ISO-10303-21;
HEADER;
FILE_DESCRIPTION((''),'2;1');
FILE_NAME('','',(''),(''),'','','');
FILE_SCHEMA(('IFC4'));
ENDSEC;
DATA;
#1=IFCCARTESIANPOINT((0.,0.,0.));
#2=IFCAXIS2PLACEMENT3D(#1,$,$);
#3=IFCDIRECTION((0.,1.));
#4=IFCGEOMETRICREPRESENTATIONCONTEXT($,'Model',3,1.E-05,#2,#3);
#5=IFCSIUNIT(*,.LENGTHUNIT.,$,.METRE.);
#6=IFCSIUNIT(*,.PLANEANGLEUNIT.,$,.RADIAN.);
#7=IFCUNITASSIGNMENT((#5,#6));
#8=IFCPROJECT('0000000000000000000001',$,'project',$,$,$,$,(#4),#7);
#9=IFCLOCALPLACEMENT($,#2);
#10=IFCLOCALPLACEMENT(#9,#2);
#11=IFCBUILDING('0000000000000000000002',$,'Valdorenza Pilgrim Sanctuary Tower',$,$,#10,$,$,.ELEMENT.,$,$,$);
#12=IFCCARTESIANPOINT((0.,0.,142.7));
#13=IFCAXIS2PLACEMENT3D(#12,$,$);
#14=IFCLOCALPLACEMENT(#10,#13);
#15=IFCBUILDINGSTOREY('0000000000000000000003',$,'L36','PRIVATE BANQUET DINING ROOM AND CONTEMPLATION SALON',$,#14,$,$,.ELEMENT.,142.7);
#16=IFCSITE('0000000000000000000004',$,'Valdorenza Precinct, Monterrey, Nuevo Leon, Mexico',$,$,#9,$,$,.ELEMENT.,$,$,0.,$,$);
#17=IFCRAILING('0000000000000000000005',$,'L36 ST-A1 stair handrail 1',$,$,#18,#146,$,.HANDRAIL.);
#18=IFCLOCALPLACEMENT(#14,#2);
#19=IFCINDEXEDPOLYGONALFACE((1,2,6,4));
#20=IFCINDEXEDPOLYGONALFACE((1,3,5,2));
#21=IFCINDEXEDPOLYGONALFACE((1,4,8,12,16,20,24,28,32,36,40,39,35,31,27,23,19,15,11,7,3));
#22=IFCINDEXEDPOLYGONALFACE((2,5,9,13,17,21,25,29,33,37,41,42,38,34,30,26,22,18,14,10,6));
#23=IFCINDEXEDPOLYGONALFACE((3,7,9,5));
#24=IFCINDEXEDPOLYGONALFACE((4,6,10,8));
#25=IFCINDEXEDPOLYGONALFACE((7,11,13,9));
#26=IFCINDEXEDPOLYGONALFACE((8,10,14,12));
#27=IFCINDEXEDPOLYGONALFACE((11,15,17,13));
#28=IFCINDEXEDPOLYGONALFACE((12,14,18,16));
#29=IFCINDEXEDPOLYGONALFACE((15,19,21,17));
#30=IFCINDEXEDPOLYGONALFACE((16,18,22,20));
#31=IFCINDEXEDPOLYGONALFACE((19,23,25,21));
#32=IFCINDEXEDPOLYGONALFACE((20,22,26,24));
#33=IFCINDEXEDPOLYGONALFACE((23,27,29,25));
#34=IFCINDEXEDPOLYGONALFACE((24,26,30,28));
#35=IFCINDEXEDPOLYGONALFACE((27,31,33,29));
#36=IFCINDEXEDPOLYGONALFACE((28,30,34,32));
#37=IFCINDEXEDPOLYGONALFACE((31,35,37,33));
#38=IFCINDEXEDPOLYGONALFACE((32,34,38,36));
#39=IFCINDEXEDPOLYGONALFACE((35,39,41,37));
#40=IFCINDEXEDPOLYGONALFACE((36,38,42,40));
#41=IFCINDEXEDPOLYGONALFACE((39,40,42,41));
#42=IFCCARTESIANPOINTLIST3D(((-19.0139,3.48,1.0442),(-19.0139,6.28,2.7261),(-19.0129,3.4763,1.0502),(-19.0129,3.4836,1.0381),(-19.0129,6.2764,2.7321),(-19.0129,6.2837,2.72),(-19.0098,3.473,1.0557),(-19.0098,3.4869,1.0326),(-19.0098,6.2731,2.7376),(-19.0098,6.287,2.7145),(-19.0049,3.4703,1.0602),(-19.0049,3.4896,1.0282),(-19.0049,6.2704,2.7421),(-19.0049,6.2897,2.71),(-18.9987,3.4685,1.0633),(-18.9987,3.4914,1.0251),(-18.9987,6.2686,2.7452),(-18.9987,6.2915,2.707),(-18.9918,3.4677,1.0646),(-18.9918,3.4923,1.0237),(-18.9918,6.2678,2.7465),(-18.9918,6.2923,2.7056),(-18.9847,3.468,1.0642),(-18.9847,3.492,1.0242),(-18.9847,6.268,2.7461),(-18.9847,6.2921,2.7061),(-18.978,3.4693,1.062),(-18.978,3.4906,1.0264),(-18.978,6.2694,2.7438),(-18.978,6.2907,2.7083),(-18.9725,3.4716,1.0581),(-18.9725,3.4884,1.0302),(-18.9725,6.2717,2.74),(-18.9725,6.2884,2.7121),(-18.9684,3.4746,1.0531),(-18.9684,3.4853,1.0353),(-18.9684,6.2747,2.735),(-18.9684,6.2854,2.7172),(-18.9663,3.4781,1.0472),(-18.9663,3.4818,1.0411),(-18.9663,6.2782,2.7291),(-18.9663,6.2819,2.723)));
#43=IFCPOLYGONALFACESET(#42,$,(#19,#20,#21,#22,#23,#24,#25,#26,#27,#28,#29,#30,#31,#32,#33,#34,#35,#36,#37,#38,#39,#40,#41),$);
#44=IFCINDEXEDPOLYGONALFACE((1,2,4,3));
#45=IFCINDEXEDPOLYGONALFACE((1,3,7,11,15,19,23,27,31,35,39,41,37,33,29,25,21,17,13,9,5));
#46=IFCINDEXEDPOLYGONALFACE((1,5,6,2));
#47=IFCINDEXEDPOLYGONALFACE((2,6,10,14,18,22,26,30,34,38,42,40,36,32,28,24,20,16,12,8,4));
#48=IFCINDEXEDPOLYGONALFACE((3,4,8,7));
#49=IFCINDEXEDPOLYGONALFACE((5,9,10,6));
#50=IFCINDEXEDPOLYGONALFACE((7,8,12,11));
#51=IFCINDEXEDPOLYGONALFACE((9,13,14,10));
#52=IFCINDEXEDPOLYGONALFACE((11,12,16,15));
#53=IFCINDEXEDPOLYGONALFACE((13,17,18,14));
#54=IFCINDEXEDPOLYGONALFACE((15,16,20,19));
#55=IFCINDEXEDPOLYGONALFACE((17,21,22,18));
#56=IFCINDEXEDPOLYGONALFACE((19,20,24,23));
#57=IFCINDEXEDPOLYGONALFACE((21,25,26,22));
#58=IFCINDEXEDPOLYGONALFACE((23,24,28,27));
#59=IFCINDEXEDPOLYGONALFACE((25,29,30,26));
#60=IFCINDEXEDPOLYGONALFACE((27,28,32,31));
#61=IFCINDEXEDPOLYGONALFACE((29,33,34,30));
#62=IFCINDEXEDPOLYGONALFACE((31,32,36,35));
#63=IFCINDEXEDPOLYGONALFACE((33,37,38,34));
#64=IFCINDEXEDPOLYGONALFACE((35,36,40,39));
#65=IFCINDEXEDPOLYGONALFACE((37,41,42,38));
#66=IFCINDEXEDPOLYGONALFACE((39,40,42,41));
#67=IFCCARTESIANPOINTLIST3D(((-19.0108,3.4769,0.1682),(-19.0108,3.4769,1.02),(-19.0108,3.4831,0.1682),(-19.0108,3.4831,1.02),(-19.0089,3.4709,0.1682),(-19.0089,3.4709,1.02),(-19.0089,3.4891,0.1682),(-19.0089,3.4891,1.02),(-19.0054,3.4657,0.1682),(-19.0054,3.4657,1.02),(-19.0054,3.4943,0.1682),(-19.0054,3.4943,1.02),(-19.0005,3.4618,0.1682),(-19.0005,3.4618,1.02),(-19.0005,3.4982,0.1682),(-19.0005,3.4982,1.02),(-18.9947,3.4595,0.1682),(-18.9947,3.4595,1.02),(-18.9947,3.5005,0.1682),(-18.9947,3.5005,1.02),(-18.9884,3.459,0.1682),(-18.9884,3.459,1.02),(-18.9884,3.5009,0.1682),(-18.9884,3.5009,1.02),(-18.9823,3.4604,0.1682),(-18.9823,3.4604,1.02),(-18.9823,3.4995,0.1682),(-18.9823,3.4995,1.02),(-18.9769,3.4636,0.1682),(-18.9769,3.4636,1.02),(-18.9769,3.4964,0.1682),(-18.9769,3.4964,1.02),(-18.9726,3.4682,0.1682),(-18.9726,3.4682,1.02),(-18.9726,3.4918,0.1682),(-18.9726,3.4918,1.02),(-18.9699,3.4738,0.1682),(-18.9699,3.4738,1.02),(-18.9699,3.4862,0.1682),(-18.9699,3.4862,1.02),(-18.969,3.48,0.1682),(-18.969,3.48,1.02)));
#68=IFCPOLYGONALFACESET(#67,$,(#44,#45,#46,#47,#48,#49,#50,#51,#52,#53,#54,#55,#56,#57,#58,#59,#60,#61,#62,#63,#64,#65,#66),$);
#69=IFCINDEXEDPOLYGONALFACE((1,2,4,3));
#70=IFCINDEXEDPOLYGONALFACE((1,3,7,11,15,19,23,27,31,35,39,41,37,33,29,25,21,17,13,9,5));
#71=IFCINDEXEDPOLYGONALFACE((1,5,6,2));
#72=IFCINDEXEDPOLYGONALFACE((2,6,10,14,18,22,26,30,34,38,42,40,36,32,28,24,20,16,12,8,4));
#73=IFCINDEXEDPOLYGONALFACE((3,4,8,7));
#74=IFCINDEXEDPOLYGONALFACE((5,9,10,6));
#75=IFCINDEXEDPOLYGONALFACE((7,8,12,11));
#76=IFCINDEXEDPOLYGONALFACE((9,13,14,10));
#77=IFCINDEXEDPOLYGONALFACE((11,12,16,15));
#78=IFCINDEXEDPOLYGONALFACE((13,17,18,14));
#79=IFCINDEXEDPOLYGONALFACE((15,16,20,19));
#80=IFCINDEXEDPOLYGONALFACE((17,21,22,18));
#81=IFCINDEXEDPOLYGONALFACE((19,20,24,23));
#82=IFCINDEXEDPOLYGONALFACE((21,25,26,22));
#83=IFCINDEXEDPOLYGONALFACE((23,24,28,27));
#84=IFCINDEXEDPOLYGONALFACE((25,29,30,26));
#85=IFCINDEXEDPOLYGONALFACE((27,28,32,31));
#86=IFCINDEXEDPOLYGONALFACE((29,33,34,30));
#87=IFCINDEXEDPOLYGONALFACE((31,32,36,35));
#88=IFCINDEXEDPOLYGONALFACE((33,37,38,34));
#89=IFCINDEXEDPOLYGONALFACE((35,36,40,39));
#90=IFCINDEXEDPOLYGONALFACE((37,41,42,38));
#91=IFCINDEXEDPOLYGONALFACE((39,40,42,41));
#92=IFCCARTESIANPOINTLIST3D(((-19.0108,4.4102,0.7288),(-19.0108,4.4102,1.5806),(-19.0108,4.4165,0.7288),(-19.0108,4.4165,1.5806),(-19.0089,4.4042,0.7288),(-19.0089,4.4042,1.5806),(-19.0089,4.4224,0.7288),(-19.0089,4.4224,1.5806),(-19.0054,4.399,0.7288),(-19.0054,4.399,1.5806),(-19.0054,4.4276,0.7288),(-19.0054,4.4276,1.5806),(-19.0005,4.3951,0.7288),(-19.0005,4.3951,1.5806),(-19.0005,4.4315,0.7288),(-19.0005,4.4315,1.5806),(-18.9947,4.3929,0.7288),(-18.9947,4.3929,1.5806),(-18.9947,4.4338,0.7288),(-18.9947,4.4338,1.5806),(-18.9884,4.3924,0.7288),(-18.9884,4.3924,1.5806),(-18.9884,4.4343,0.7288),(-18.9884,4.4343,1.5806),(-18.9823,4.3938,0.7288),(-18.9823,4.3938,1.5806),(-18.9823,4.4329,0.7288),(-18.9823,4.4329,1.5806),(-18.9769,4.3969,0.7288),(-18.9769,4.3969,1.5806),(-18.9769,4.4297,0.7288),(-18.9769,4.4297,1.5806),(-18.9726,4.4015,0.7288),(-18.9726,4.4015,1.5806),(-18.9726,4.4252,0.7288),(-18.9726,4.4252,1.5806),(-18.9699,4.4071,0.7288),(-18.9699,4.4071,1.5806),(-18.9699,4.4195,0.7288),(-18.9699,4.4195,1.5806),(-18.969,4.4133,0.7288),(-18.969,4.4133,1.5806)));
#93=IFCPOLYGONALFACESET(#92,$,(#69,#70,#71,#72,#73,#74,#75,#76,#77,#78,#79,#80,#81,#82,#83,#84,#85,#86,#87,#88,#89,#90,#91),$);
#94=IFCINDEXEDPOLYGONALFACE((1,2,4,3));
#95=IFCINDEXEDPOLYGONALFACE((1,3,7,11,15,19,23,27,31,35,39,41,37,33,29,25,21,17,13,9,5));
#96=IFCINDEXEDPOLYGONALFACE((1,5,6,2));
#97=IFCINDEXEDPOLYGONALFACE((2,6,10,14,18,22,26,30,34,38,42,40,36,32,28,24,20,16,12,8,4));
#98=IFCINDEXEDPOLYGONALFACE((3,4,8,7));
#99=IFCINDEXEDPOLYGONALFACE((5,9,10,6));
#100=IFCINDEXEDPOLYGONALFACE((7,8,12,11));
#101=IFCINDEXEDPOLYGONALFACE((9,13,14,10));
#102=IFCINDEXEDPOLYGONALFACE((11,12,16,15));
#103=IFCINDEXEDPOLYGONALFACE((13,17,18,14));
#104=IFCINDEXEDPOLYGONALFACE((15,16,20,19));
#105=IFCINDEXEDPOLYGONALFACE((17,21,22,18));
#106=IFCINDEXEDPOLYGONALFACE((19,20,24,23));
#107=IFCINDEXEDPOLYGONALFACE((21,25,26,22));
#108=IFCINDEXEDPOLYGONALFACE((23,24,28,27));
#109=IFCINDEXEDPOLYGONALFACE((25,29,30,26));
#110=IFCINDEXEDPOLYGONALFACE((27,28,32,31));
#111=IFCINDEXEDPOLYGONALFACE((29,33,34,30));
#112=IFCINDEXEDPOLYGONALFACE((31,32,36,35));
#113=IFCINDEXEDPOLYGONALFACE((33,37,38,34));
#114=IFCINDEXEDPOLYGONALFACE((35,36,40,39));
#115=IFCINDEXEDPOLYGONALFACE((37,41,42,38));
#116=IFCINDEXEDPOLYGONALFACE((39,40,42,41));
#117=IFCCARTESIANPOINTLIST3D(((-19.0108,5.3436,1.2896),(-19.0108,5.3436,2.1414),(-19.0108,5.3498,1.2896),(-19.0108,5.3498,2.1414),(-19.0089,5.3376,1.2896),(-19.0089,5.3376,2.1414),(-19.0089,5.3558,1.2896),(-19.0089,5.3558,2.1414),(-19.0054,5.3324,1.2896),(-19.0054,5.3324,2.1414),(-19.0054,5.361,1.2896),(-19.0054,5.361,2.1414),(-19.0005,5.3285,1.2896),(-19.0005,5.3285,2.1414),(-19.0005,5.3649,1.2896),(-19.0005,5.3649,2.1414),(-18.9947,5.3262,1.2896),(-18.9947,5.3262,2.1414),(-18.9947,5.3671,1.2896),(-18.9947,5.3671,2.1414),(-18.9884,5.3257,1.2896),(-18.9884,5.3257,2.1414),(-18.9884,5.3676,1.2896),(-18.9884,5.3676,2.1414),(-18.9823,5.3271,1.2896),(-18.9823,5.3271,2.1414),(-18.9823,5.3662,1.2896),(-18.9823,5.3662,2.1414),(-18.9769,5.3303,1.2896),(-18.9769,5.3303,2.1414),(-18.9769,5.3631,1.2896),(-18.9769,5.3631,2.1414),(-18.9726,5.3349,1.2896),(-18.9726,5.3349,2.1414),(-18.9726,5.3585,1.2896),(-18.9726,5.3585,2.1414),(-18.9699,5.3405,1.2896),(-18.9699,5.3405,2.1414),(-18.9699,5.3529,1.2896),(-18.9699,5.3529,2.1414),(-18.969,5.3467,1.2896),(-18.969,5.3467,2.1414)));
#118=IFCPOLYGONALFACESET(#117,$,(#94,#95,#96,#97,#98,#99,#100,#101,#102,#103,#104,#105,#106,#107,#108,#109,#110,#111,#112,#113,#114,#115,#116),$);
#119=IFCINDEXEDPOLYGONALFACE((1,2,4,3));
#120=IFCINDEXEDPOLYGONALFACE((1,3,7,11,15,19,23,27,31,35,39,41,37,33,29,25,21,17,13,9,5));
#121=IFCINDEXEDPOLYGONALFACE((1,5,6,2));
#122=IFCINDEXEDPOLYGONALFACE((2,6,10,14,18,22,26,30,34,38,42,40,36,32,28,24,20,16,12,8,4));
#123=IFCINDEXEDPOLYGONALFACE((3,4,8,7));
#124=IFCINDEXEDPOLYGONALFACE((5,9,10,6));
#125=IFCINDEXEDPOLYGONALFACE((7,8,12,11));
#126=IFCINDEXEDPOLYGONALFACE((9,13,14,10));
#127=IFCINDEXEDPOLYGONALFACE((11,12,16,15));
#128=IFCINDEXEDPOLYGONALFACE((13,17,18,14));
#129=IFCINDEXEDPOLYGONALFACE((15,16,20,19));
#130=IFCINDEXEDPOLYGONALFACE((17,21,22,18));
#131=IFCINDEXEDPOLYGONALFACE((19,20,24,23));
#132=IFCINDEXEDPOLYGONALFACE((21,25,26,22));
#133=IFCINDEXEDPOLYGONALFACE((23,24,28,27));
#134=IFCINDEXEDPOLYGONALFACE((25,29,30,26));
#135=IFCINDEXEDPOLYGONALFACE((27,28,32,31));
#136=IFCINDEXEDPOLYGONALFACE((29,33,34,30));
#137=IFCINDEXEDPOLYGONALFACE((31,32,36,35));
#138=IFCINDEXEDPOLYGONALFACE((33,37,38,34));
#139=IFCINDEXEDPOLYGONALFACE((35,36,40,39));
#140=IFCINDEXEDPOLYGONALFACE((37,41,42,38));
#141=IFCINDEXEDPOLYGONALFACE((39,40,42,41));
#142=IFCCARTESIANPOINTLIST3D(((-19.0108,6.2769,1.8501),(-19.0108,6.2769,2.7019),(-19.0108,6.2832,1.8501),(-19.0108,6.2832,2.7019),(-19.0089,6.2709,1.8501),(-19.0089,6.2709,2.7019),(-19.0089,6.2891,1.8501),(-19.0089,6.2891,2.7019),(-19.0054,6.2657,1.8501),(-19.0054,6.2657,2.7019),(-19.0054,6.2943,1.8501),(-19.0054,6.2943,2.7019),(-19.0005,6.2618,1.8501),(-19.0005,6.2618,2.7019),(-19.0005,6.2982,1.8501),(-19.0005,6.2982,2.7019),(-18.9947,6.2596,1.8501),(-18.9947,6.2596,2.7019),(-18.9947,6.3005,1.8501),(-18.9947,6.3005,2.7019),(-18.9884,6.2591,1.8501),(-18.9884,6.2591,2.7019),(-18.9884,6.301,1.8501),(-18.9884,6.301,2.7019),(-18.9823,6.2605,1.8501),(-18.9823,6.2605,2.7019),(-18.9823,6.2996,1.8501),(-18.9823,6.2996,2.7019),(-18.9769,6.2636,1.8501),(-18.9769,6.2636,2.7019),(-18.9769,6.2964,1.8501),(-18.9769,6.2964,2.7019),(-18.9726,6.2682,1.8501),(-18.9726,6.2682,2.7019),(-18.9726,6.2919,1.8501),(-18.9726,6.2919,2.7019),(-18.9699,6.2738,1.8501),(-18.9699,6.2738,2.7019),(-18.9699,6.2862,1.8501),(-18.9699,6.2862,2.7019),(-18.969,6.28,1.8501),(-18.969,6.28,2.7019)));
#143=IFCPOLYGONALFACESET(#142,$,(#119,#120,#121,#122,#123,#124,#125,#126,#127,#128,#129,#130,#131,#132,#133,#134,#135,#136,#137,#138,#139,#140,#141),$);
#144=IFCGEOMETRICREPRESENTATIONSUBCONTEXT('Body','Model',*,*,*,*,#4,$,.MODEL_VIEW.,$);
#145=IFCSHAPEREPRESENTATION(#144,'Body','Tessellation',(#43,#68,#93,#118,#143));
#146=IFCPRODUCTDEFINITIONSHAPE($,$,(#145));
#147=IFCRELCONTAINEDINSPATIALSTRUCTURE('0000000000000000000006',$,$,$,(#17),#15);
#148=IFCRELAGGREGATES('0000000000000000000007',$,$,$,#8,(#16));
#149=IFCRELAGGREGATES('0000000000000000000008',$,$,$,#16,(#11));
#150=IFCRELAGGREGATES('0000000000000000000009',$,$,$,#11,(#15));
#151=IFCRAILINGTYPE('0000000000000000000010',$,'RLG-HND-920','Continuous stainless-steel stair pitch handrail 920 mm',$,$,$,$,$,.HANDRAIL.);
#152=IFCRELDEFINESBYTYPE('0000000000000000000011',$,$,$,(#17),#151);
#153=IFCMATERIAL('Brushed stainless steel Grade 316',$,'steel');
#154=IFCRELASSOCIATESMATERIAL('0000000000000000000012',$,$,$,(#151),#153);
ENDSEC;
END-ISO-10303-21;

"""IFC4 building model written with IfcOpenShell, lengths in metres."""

from ifc_helpers import new_model, si_unit, direction, frame, origin, origin_2d, place, context, subcontext, project, spatial, circle, extrude, material, type_object, element, save


model = new_model("IFC4")

# Units and contexts
model_context = context("Model", 3, precision=1e-05, world=origin(), true_north=direction((0.0, 1.0)))
body_context = subcontext(model_context, "Body", "Model", "MODEL_VIEW")
ifc_project = project(units=[si_unit("LENGTHUNIT", "METRE"), si_unit("PLANEANGLEUNIT", "RADIAN")], contexts=[model_context])

# Site, building, storey
site_placement = place(None, origin())
site = spatial("IfcSite", under=ifc_project, at=site_placement, Name="Valdorenza Precinct, Monterrey, Nuevo Leon, Mexico", CompositionType="ELEMENT", RefElevation=0.0)
building_placement = place(site_placement, origin())
building = spatial("IfcBuilding", under=site, at=building_placement, Name="Valdorenza Pilgrim Sanctuary Tower", CompositionType="ELEMENT")
storey_placement = place(building_placement, frame((0.0, 0.0, 142.7)))
storey = spatial("IfcBuildingStorey", under=building, at=storey_placement, Name="L36", Description="PRIVATE BANQUET DINING ROOM AND CONTEMPLATION SALON", CompositionType="ELEMENT", Elevation=142.7)

# Shared definitions
ifc_material_1 = material(Name="Brushed stainless steel Grade 316", Category="steel")

# Railing
railing_type_1 = type_object("IfcRailingType", Name="RLG-HND-920", Description="Continuous stainless-steel stair pitch handrail 920 mm", PredefinedType="HANDRAIL", material=ifc_material_1)
railing_1_placement = place(storey_placement, frame((-18.99, 3.48, 0.1682)))
element("IfcRailing", 1, at=railing_1_placement, inside=storey, type_object=railing_type_1, Name="L36 ST-A1 stair handrail 1", PredefinedType="HANDRAIL", context=body_context, shape_type="SweptSolid", body=[
    extrude(circle(Radius=0.0239, at=origin_2d()), frame((0.0, 0.0, 0.876), z_axis=(0.0, 0.857242, 0.514913), x_axis=(-1.0, 0.0, 0.0)), (0.0, 0.0, 1.0), 3.2664),
    extrude(circle(Radius=0.021, at=origin_2d()), origin(), (0.0, 0.0, 1.0), 0.8518),
    extrude(circle(Radius=0.021, at=origin_2d()), frame((0.0, 0.9333, 0.5605)), (0.0, 0.0, 1.0), 0.8518),
    extrude(circle(Radius=0.021, at=origin_2d()), frame((0.0, 1.8667, 1.1213)), (0.0, 0.0, 1.0), 0.8518),
    extrude(circle(Radius=0.021, at=origin_2d()), frame((0.0, 2.8, 1.6819)), (0.0, 0.0, 1.0), 0.8518),
])

save(model, "model.ifc")
